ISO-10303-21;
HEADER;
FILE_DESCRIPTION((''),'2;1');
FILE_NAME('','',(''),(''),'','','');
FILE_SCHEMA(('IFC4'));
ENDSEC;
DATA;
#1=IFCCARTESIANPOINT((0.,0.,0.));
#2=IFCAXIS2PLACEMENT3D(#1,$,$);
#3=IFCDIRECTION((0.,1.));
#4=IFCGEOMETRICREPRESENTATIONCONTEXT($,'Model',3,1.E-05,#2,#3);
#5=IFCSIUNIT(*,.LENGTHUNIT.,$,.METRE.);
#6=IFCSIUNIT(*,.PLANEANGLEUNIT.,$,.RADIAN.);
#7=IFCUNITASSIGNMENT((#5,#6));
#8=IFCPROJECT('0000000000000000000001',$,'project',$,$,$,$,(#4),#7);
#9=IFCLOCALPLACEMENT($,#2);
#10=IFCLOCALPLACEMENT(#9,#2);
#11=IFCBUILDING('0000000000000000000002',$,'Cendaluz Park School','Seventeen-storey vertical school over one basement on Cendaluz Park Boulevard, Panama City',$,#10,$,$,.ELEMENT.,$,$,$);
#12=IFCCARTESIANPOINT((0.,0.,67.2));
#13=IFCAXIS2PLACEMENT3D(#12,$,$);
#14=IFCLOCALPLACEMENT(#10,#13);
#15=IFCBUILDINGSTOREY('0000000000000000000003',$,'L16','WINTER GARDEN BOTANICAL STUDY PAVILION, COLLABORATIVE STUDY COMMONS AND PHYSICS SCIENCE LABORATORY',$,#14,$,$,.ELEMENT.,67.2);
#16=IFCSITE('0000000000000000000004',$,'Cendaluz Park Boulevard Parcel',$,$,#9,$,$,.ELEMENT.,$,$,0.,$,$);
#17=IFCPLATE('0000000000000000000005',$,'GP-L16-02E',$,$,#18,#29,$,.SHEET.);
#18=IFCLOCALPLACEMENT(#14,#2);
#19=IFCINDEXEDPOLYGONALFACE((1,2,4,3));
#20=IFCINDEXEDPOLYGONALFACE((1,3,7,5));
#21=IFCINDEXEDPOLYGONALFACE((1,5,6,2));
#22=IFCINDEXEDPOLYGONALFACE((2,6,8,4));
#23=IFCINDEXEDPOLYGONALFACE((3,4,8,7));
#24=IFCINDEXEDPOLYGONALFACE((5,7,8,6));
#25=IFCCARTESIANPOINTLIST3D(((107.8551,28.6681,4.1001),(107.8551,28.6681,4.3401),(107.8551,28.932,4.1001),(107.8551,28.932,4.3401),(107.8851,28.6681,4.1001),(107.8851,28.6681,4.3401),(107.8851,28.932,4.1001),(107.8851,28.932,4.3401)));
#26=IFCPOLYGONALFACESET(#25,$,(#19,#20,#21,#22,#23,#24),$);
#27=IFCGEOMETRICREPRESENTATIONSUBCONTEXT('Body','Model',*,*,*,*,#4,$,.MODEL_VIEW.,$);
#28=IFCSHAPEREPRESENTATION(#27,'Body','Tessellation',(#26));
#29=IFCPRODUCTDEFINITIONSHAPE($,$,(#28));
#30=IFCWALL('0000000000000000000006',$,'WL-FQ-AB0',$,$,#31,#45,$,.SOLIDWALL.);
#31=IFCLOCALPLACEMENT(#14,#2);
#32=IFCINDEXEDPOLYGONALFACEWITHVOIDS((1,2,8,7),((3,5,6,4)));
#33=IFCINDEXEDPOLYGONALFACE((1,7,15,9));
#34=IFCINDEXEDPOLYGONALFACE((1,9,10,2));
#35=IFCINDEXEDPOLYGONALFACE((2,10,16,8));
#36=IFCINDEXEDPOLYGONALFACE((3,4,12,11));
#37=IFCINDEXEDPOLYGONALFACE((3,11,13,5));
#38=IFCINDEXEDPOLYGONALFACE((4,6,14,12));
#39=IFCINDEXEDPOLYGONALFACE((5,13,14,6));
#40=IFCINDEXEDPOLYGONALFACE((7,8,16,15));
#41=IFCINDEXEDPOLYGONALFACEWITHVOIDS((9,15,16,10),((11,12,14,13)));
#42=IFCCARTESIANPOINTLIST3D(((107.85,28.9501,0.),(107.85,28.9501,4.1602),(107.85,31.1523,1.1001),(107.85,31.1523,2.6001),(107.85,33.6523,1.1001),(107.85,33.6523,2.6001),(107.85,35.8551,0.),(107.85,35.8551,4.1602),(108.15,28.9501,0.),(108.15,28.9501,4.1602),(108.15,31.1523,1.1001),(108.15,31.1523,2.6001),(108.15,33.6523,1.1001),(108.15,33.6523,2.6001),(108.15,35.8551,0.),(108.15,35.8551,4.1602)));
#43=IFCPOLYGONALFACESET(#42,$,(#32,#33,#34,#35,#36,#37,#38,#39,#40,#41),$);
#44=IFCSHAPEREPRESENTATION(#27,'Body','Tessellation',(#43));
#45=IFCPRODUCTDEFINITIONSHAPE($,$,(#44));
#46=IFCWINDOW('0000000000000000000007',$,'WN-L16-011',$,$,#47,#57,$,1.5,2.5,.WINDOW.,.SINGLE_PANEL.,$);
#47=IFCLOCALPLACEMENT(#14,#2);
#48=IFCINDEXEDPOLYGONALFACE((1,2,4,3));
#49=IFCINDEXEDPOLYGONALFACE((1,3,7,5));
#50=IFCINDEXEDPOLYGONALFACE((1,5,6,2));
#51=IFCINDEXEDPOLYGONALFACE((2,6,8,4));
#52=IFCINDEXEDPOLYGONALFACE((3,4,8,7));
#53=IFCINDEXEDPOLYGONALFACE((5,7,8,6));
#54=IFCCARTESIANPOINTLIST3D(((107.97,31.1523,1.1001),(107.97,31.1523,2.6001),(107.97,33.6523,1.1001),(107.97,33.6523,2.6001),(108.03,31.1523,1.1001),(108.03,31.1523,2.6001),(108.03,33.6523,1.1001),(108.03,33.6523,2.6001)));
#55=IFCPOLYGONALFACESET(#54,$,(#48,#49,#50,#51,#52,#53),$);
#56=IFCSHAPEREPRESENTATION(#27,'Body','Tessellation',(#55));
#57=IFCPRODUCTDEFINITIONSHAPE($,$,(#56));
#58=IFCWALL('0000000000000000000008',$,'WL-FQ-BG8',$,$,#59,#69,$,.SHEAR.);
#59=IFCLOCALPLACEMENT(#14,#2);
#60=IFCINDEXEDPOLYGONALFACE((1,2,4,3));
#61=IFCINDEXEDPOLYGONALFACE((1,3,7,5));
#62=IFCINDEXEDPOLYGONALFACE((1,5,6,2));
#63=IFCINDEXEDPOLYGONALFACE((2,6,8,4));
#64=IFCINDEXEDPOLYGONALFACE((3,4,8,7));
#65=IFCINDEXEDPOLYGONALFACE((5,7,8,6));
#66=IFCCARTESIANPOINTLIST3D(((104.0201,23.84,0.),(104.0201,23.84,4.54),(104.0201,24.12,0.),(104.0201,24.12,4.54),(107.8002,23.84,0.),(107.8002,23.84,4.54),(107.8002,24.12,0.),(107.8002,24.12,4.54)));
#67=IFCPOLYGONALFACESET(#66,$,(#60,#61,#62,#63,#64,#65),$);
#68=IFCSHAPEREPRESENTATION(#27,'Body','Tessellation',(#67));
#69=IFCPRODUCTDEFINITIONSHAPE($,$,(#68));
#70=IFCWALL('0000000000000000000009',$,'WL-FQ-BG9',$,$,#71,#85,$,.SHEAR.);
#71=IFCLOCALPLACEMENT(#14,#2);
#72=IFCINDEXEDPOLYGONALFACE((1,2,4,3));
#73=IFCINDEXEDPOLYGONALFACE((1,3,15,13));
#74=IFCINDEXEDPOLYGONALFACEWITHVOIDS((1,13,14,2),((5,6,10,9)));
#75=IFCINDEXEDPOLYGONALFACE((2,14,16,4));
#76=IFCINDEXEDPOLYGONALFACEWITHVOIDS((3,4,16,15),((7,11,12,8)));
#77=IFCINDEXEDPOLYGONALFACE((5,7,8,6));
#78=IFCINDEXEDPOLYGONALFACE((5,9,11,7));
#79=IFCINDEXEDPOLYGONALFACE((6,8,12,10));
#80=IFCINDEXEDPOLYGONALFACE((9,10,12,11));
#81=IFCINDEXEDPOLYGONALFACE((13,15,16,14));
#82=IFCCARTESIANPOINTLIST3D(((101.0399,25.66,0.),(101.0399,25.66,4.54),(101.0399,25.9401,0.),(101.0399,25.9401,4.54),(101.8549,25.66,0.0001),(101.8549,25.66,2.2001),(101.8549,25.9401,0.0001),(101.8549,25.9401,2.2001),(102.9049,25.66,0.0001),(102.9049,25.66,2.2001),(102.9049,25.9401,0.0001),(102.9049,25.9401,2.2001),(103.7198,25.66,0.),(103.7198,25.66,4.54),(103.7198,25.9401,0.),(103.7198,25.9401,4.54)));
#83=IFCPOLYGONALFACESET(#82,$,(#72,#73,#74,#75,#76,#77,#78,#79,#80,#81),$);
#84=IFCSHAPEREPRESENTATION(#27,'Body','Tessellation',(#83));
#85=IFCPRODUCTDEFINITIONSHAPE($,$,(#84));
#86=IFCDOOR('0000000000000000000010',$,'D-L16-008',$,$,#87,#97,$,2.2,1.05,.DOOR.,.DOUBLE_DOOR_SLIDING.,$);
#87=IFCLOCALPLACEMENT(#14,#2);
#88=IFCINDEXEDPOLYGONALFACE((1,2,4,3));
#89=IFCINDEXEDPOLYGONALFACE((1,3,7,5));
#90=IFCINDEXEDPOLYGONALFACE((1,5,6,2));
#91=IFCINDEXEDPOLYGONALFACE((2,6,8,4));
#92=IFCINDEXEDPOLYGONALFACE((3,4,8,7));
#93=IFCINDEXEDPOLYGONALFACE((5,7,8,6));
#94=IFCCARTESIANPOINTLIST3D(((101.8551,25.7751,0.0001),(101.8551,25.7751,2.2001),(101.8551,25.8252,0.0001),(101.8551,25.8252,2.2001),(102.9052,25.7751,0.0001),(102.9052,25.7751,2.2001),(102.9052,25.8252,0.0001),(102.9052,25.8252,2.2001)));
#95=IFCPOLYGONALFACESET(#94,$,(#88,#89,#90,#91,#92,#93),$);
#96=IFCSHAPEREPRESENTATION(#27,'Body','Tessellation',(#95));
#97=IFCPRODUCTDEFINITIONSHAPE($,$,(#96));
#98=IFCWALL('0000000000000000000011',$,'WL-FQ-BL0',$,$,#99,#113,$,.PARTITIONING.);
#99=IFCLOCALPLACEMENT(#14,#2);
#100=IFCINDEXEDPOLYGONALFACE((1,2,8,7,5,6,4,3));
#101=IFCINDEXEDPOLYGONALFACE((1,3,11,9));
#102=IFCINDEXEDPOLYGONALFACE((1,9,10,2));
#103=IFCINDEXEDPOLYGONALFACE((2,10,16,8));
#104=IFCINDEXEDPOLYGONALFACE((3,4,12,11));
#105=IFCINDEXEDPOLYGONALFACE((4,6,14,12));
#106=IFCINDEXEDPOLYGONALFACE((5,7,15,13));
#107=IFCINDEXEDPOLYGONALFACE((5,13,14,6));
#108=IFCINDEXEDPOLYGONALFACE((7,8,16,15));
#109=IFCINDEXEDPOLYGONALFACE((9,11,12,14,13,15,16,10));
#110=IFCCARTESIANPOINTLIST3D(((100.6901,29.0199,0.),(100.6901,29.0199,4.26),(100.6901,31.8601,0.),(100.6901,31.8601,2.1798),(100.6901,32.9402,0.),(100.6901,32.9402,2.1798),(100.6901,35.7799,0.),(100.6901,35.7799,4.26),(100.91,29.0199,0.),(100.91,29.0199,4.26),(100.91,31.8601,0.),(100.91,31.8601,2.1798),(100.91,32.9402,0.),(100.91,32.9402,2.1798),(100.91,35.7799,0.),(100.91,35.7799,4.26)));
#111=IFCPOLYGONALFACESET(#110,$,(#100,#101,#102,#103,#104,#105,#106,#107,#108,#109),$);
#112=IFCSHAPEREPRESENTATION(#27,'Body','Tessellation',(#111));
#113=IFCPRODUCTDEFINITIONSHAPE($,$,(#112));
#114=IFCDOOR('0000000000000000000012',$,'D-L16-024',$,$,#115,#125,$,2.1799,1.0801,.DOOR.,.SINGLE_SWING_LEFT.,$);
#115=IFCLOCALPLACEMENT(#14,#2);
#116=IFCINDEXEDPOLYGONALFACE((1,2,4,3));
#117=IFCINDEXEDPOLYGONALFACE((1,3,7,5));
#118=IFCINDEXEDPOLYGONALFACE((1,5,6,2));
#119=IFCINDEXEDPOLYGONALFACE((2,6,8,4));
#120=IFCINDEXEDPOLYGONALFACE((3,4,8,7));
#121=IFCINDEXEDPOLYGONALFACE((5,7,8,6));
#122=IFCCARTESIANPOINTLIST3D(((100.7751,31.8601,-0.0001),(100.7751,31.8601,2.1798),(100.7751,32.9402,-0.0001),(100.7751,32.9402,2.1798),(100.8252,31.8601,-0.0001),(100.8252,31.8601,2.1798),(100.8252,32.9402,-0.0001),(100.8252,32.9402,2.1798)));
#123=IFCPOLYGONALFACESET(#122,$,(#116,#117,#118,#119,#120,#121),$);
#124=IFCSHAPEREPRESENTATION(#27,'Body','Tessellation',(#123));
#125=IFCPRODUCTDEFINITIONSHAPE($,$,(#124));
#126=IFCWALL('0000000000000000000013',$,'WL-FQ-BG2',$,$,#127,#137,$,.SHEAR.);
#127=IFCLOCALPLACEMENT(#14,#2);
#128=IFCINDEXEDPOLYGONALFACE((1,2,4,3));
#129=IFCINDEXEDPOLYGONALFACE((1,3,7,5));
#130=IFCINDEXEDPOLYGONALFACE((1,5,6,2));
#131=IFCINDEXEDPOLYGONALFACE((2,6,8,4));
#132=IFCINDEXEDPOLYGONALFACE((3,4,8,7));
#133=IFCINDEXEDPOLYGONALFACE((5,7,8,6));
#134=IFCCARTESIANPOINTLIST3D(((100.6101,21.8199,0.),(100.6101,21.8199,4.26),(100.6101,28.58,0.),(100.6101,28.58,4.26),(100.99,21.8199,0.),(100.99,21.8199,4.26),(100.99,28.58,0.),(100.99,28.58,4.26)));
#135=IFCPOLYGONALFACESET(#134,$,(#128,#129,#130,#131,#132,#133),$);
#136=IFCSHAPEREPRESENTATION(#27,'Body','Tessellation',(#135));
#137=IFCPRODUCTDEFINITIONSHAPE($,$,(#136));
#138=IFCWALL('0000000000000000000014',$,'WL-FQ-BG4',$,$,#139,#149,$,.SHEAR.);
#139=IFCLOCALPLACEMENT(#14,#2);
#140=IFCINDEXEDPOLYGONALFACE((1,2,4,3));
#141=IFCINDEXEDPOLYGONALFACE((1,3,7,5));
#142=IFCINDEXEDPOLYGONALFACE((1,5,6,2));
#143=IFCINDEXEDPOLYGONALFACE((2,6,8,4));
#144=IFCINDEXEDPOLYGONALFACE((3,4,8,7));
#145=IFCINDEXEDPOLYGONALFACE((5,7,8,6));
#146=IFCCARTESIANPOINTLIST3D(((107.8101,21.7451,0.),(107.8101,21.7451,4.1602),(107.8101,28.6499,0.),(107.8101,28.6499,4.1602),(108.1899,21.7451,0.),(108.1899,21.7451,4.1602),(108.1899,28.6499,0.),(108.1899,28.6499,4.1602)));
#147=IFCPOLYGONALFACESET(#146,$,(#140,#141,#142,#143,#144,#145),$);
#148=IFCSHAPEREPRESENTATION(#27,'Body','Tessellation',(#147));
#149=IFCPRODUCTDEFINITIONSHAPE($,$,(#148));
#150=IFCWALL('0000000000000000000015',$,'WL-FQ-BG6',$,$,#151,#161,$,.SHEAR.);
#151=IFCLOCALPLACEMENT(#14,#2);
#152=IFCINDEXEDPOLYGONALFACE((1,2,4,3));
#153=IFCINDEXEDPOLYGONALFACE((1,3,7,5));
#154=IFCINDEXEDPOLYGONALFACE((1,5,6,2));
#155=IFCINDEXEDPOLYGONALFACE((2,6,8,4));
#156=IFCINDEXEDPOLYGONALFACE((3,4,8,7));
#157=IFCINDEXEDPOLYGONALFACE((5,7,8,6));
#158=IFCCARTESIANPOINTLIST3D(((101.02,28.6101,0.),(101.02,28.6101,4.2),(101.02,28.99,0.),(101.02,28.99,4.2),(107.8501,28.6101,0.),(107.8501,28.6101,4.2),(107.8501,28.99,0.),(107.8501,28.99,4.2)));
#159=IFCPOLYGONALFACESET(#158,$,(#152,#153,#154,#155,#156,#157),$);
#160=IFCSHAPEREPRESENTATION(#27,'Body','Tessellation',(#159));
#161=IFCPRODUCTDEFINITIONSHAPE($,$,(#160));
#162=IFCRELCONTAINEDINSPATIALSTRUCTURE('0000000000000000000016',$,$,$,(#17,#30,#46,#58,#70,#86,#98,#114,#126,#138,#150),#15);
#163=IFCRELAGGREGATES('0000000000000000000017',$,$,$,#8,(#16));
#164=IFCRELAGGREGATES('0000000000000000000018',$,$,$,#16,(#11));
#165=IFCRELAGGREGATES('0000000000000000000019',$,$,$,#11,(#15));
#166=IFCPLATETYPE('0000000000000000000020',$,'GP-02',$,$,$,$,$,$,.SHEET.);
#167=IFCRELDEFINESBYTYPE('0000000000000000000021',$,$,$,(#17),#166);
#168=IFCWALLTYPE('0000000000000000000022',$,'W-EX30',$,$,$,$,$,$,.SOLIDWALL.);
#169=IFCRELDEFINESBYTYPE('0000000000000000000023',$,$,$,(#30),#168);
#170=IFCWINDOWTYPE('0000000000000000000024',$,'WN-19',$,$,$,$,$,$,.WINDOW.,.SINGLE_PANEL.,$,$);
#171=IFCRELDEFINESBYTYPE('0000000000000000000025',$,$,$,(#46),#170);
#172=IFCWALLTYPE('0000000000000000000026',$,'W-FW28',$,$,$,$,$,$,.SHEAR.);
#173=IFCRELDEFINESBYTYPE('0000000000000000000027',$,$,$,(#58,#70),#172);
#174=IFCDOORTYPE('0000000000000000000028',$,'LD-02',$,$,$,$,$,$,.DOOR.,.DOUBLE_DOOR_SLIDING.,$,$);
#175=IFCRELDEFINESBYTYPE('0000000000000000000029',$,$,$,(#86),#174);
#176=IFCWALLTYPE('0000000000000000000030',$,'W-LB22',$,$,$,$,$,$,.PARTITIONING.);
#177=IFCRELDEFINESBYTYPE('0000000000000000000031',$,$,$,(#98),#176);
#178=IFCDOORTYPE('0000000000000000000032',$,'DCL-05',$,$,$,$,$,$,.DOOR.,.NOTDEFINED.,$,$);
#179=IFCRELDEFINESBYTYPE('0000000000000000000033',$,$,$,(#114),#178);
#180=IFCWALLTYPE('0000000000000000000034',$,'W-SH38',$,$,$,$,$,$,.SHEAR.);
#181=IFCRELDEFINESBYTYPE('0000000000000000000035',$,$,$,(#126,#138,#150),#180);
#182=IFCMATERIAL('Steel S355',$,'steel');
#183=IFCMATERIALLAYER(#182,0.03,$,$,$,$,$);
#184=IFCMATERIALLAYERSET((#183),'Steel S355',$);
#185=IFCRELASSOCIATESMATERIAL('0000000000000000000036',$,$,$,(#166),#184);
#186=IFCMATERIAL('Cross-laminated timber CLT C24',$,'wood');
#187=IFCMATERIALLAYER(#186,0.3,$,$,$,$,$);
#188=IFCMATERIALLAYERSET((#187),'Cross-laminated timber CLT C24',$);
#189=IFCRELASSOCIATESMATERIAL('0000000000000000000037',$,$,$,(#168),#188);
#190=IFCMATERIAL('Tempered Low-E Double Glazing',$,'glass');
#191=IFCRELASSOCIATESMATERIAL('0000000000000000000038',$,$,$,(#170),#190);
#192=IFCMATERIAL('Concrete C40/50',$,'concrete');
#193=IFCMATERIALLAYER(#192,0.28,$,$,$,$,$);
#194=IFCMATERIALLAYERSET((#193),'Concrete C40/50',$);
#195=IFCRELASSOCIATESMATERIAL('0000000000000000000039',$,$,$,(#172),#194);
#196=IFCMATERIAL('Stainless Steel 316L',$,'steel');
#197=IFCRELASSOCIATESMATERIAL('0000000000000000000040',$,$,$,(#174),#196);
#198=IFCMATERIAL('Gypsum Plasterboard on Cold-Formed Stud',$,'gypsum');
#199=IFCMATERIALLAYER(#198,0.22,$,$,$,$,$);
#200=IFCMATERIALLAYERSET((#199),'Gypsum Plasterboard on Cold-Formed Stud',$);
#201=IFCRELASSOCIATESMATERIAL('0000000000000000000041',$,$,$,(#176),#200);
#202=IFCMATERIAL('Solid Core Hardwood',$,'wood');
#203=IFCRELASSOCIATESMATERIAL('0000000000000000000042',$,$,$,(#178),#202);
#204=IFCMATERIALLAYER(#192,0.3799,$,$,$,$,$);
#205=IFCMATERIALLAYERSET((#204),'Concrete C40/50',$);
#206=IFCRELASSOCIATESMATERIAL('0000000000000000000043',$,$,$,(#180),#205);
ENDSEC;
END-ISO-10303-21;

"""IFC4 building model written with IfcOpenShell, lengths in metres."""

from ifc_helpers import new_model, si_unit, direction, frame, frame_2d, origin, origin_2d, place, context, subcontext, project, spatial, rectangle, extrude, material, layer, layer_set, type_object, element, fill, save


model = new_model("IFC4")

# Units and contexts
model_context = context("Model", 3, precision=1e-05, world=origin(), true_north=direction((0.0, 1.0)))
body_context = subcontext(model_context, "Body", "Model", "MODEL_VIEW")
ifc_project = project(units=[si_unit("LENGTHUNIT", "METRE"), si_unit("PLANEANGLEUNIT", "RADIAN")], contexts=[model_context])

# Site, building, storey
site_placement = place(None, origin())
site = spatial("IfcSite", under=ifc_project, at=site_placement, Name="Cendaluz Park Boulevard Parcel", CompositionType="ELEMENT", RefElevation=0.0)
building_placement = place(site_placement, origin())
building = spatial("IfcBuilding", under=site, at=building_placement, Name="Cendaluz Park School", Description="Seventeen-storey vertical school over one basement on Cendaluz Park Boulevard, Panama City", CompositionType="ELEMENT")
storey_placement = place(building_placement, frame((0.0, 0.0, 67.2)))
storey = spatial("IfcBuildingStorey", under=building, at=storey_placement, Name="L16", Description="WINTER GARDEN BOTANICAL STUDY PAVILION, COLLABORATIVE STUDY COMMONS AND PHYSICS SCIENCE LABORATORY", CompositionType="ELEMENT", Elevation=67.2)

# Shared definitions
ifc_material_1 = material(Name="Steel S355", Category="steel")

# Plate
ifc_layer_1 = layer(ifc_material_1, 0.03)
ifc_layer_set_1 = layer_set([ifc_layer_1], Name="Steel S355")
plate_type = type_object("IfcPlateType", Name="GP-02", PredefinedType="SHEET", material=ifc_layer_set_1)
plate_placement = place(storey_placement, frame((107.8701, 28.8, 4.1001), z_axis=(0.0, 0.0, 1.0), x_axis=(1.0, 0.0, 0.0)))
element("IfcPlate", 1, at=plate_placement, inside=storey, type_object=plate_type, Name="GP-L16-02E", PredefinedType="SHEET", context=body_context, shape_type="SweptSolid", body=[
    extrude(rectangle(XDim=0.03, YDim=0.2639, at=origin_2d()), origin(), (0.0, 0.0, 1.0), 0.24),
])

# Wall, opening, window
ifc_material_2 = material(Name="Cross-laminated timber CLT C24", Category="wood")
ifc_layer_2 = layer(ifc_material_2, 0.3)
ifc_layer_set_2 = layer_set([ifc_layer_2], Name="Cross-laminated timber CLT C24")
wall_type_1 = type_object("IfcWallType", Name="W-EX30", PredefinedType="SOLIDWALL", material=ifc_layer_set_2)
wall_1_placement = place(storey_placement, frame((108.0, 28.95, 0.0), z_axis=(0.0, 0.0, 1.0), x_axis=(0.0, 1.0, 0.0)))
wall_1 = element("IfcWall", 2, at=wall_1_placement, inside=storey, type_object=wall_type_1, Name="WL-FQ-AB0", PredefinedType="SOLIDWALL", context=body_context, shape_type="SweptSolid", body=[
    extrude(rectangle(XDim=6.905, YDim=0.3, at=frame_2d((3.4526, 0.0))), origin(), (0.0, 0.0, 1.0), 4.1602),
])
opening_1_placement = place(wall_1_placement, frame((2.2024, 0.0, 1.1001)))
opening_1 = element("IfcOpeningElement", 3, at=opening_1_placement, cuts=wall_1, PredefinedType="OPENING", context=body_context, shape_type="SweptSolid", body=[
    extrude(rectangle(XDim=2.5, YDim=1.5, at=frame_2d((1.25, 0.75))), frame((0.0, 0.1621, 0.0), z_axis=(0.0, -1.0, 0.0), x_axis=(1.0, 0.0, 0.0)), (0.0, 0.0, 1.0), 0.324),
])
ifc_material_3 = material(Name="Tempered Low-E Double Glazing", Category="glass")
window_type = type_object("IfcWindowType", Name="WN-19", PartitioningType="SINGLE_PANEL", PredefinedType="WINDOW", material=ifc_material_3)
window_placement = place(opening_1_placement, origin())
window = element("IfcWindow", 4, at=window_placement, inside=storey, type_object=window_type, Name="WN-L16-011", OverallHeight=1.5, OverallWidth=2.5, PartitioningType="SINGLE_PANEL", PredefinedType="WINDOW", context=body_context, shape_type="SweptSolid", body=[
    extrude(rectangle(XDim=2.5, YDim=1.5, at=frame_2d((1.25, 0.75))), frame((0.0, 0.03, 0.0), z_axis=(0.0, -1.0, 0.0), x_axis=(1.0, 0.0, 0.0)), (0.0, 0.0, 1.0), 0.0601),
])
fill(opening_1, window)

# Wall
ifc_material_4 = material(Name="Concrete C40/50", Category="concrete")
ifc_layer_3 = layer(ifc_material_4, 0.28)
ifc_layer_set_3 = layer_set([ifc_layer_3], Name="Concrete C40/50")
wall_type_2 = type_object("IfcWallType", Name="W-FW28", PredefinedType="SHEAR", material=ifc_layer_set_3)
wall_2_placement = place(storey_placement, frame((104.02, 23.98, 0.0), z_axis=(0.0, 0.0, 1.0), x_axis=(1.0, 0.0, 0.0)))
element("IfcWall", 5, at=wall_2_placement, inside=storey, type_object=wall_type_2, Name="WL-FQ-BG8", PredefinedType="SHEAR", context=body_context, shape_type="SweptSolid", body=[
    extrude(rectangle(XDim=3.78, YDim=0.28, at=frame_2d((1.8901, 0.0))), origin(), (0.0, 0.0, 1.0), 4.54),
])

# Walls, openings, doors
wall_3_placement = place(storey_placement, frame((101.04, 25.8, 0.0), z_axis=(0.0, 0.0, 1.0), x_axis=(1.0, 0.0, 0.0)))
wall_3 = element("IfcWall", 6, at=wall_3_placement, inside=storey, type_object=wall_type_2, Name="WL-FQ-BG9", PredefinedType="SHEAR", context=body_context, shape_type="SweptSolid", body=[
    extrude(rectangle(XDim=2.6799, YDim=0.28, at=frame_2d((1.3398, 0.0))), origin(), (0.0, 0.0, 1.0), 4.54),
])
opening_2_placement = place(wall_3_placement, frame((0.8149, 0.0, 0.0)))
opening_2 = element("IfcOpeningElement", 7, at=opening_2_placement, cuts=wall_3, PredefinedType="OPENING", context=body_context, shape_type="SweptSolid", body=[
    extrude(rectangle(XDim=1.05, YDim=2.2, at=frame_2d((0.5249, 1.1001))), frame((0.0, 0.1521, 0.0), z_axis=(0.0, -1.0, 0.0), x_axis=(1.0, 0.0, 0.0)), (0.0, 0.0, 1.0), 0.304),
])
ifc_material_5 = material(Name="Stainless Steel 316L", Category="steel")
door_type_1 = type_object("IfcDoorType", Name="LD-02", OperationType="DOUBLE_DOOR_SLIDING", PredefinedType="DOOR", material=ifc_material_5)
door_1_placement = place(opening_2_placement, frame((1.05, 0.0, 0.0), z_axis=(0.0, 0.0, 1.0), x_axis=(-1.0, 0.0, 0.0)))
door_1 = element("IfcDoor", 8, at=door_1_placement, inside=storey, type_object=door_type_1, Name="D-L16-008", OperationType="DOUBLE_DOOR_SLIDING", OverallHeight=2.2, OverallWidth=1.05, PredefinedType="DOOR", context=body_context, shape_type="SweptSolid", body=[
    extrude(rectangle(XDim=1.05, YDim=2.2, at=frame_2d((0.5249, 1.1001))), frame((0.0, 0.0249, 0.0), z_axis=(0.0, -1.0, 0.0), x_axis=(1.0, 0.0, 0.0)), (0.0, 0.0, 1.0), 0.05),
])
fill(opening_2, door_1)
ifc_material_6 = material(Name="Gypsum Plasterboard on Cold-Formed Stud", Category="gypsum")
ifc_layer_4 = layer(ifc_material_6, 0.22)
ifc_layer_set_4 = layer_set([ifc_layer_4], Name="Gypsum Plasterboard on Cold-Formed Stud")
wall_type_3 = type_object("IfcWallType", Name="W-LB22", PredefinedType="PARTITIONING", material=ifc_layer_set_4)
wall_4_placement = place(storey_placement, frame((100.8, 29.02, 0.0), z_axis=(0.0, 0.0, 1.0), x_axis=(0.0, 1.0, 0.0)))
wall_4 = element("IfcWall", 9, at=wall_4_placement, inside=storey, type_object=wall_type_3, Name="WL-FQ-BL0", PredefinedType="PARTITIONING", context=body_context, shape_type="SweptSolid", body=[
    extrude(rectangle(XDim=6.76, YDim=0.22, at=frame_2d((3.3799, 0.0))), origin(), (0.0, 0.0, 1.0), 4.26),
])
opening_3_placement = place(wall_4_placement, frame((2.8401, 0.0, 0.0)))
opening_3 = element("IfcOpeningElement", 10, at=opening_3_placement, cuts=wall_4, PredefinedType="OPENING", context=body_context, shape_type="SweptSolid", body=[
    extrude(rectangle(XDim=1.0801, YDim=2.1799, at=frame_2d((0.54, 1.0898))), frame((0.0, 0.1221, 0.0), z_axis=(0.0, -1.0, 0.0), x_axis=(1.0, 0.0, 0.0)), (0.0, 0.0, 1.0), 0.2439),
])
ifc_material_7 = material(Name="Solid Core Hardwood", Category="wood")
door_type_2 = type_object("IfcDoorType", Name="DCL-05", OperationType="NOTDEFINED", PredefinedType="DOOR", material=ifc_material_7)
door_2_placement = place(opening_3_placement, origin())
door_2 = element("IfcDoor", 11, at=door_2_placement, inside=storey, type_object=door_type_2, Name="D-L16-024", OperationType="SINGLE_SWING_LEFT", OverallHeight=2.1799, OverallWidth=1.0801, PredefinedType="DOOR", context=body_context, shape_type="SweptSolid", body=[
    extrude(rectangle(XDim=1.0801, YDim=2.1799, at=frame_2d((0.54, 1.0898))), frame((0.0, 0.0249, 0.0), z_axis=(0.0, -1.0, 0.0), x_axis=(1.0, 0.0, 0.0)), (0.0, 0.0, 1.0), 0.05),
])
fill(opening_3, door_2)

# Walls
ifc_layer_5 = layer(ifc_material_4, 0.3799)
ifc_layer_set_5 = layer_set([ifc_layer_5], Name="Concrete C40/50")
wall_type_4 = type_object("IfcWallType", Name="W-SH38", PredefinedType="SHEAR", material=ifc_layer_set_5)
wall_5_placement = place(storey_placement, frame((100.8, 21.8201, 0.0), z_axis=(0.0, 0.0, 1.0), x_axis=(0.0, 1.0, 0.0)))
element("IfcWall", 12, at=wall_5_placement, inside=storey, type_object=wall_type_4, Name="WL-FQ-BG2", PredefinedType="SHEAR", context=body_context, shape_type="SweptSolid", body=[
    extrude(rectangle(XDim=6.76, YDim=0.3799, at=frame_2d((3.3799, 0.0))), origin(), (0.0, 0.0, 1.0), 4.26),
])
wall_6_placement = place(storey_placement, frame((108.0, 21.7451, 0.0), z_axis=(0.0, 0.0, 1.0), x_axis=(0.0, 1.0, 0.0)))
element("IfcWall", 13, at=wall_6_placement, inside=storey, type_object=wall_type_4, Name="WL-FQ-BG4", PredefinedType="SHEAR", context=body_context, shape_type="SweptSolid", body=[
    extrude(rectangle(XDim=6.9048, YDim=0.3799, at=frame_2d((3.4524, 0.0))), origin(), (0.0, 0.0, 1.0), 4.1602),
])
wall_7_placement = place(storey_placement, frame((101.02, 28.8, 0.0), z_axis=(0.0, 0.0, 1.0), x_axis=(1.0, 0.0, 0.0)))
element("IfcWall", 14, at=wall_7_placement, inside=storey, type_object=wall_type_4, Name="WL-FQ-BG6", PredefinedType="SHEAR", context=body_context, shape_type="SweptSolid", body=[
    extrude(rectangle(XDim=6.8301, YDim=0.3799, at=frame_2d((3.415, 0.0))), origin(), (0.0, 0.0, 1.0), 4.2),
])

save(model, "model.ifc")
